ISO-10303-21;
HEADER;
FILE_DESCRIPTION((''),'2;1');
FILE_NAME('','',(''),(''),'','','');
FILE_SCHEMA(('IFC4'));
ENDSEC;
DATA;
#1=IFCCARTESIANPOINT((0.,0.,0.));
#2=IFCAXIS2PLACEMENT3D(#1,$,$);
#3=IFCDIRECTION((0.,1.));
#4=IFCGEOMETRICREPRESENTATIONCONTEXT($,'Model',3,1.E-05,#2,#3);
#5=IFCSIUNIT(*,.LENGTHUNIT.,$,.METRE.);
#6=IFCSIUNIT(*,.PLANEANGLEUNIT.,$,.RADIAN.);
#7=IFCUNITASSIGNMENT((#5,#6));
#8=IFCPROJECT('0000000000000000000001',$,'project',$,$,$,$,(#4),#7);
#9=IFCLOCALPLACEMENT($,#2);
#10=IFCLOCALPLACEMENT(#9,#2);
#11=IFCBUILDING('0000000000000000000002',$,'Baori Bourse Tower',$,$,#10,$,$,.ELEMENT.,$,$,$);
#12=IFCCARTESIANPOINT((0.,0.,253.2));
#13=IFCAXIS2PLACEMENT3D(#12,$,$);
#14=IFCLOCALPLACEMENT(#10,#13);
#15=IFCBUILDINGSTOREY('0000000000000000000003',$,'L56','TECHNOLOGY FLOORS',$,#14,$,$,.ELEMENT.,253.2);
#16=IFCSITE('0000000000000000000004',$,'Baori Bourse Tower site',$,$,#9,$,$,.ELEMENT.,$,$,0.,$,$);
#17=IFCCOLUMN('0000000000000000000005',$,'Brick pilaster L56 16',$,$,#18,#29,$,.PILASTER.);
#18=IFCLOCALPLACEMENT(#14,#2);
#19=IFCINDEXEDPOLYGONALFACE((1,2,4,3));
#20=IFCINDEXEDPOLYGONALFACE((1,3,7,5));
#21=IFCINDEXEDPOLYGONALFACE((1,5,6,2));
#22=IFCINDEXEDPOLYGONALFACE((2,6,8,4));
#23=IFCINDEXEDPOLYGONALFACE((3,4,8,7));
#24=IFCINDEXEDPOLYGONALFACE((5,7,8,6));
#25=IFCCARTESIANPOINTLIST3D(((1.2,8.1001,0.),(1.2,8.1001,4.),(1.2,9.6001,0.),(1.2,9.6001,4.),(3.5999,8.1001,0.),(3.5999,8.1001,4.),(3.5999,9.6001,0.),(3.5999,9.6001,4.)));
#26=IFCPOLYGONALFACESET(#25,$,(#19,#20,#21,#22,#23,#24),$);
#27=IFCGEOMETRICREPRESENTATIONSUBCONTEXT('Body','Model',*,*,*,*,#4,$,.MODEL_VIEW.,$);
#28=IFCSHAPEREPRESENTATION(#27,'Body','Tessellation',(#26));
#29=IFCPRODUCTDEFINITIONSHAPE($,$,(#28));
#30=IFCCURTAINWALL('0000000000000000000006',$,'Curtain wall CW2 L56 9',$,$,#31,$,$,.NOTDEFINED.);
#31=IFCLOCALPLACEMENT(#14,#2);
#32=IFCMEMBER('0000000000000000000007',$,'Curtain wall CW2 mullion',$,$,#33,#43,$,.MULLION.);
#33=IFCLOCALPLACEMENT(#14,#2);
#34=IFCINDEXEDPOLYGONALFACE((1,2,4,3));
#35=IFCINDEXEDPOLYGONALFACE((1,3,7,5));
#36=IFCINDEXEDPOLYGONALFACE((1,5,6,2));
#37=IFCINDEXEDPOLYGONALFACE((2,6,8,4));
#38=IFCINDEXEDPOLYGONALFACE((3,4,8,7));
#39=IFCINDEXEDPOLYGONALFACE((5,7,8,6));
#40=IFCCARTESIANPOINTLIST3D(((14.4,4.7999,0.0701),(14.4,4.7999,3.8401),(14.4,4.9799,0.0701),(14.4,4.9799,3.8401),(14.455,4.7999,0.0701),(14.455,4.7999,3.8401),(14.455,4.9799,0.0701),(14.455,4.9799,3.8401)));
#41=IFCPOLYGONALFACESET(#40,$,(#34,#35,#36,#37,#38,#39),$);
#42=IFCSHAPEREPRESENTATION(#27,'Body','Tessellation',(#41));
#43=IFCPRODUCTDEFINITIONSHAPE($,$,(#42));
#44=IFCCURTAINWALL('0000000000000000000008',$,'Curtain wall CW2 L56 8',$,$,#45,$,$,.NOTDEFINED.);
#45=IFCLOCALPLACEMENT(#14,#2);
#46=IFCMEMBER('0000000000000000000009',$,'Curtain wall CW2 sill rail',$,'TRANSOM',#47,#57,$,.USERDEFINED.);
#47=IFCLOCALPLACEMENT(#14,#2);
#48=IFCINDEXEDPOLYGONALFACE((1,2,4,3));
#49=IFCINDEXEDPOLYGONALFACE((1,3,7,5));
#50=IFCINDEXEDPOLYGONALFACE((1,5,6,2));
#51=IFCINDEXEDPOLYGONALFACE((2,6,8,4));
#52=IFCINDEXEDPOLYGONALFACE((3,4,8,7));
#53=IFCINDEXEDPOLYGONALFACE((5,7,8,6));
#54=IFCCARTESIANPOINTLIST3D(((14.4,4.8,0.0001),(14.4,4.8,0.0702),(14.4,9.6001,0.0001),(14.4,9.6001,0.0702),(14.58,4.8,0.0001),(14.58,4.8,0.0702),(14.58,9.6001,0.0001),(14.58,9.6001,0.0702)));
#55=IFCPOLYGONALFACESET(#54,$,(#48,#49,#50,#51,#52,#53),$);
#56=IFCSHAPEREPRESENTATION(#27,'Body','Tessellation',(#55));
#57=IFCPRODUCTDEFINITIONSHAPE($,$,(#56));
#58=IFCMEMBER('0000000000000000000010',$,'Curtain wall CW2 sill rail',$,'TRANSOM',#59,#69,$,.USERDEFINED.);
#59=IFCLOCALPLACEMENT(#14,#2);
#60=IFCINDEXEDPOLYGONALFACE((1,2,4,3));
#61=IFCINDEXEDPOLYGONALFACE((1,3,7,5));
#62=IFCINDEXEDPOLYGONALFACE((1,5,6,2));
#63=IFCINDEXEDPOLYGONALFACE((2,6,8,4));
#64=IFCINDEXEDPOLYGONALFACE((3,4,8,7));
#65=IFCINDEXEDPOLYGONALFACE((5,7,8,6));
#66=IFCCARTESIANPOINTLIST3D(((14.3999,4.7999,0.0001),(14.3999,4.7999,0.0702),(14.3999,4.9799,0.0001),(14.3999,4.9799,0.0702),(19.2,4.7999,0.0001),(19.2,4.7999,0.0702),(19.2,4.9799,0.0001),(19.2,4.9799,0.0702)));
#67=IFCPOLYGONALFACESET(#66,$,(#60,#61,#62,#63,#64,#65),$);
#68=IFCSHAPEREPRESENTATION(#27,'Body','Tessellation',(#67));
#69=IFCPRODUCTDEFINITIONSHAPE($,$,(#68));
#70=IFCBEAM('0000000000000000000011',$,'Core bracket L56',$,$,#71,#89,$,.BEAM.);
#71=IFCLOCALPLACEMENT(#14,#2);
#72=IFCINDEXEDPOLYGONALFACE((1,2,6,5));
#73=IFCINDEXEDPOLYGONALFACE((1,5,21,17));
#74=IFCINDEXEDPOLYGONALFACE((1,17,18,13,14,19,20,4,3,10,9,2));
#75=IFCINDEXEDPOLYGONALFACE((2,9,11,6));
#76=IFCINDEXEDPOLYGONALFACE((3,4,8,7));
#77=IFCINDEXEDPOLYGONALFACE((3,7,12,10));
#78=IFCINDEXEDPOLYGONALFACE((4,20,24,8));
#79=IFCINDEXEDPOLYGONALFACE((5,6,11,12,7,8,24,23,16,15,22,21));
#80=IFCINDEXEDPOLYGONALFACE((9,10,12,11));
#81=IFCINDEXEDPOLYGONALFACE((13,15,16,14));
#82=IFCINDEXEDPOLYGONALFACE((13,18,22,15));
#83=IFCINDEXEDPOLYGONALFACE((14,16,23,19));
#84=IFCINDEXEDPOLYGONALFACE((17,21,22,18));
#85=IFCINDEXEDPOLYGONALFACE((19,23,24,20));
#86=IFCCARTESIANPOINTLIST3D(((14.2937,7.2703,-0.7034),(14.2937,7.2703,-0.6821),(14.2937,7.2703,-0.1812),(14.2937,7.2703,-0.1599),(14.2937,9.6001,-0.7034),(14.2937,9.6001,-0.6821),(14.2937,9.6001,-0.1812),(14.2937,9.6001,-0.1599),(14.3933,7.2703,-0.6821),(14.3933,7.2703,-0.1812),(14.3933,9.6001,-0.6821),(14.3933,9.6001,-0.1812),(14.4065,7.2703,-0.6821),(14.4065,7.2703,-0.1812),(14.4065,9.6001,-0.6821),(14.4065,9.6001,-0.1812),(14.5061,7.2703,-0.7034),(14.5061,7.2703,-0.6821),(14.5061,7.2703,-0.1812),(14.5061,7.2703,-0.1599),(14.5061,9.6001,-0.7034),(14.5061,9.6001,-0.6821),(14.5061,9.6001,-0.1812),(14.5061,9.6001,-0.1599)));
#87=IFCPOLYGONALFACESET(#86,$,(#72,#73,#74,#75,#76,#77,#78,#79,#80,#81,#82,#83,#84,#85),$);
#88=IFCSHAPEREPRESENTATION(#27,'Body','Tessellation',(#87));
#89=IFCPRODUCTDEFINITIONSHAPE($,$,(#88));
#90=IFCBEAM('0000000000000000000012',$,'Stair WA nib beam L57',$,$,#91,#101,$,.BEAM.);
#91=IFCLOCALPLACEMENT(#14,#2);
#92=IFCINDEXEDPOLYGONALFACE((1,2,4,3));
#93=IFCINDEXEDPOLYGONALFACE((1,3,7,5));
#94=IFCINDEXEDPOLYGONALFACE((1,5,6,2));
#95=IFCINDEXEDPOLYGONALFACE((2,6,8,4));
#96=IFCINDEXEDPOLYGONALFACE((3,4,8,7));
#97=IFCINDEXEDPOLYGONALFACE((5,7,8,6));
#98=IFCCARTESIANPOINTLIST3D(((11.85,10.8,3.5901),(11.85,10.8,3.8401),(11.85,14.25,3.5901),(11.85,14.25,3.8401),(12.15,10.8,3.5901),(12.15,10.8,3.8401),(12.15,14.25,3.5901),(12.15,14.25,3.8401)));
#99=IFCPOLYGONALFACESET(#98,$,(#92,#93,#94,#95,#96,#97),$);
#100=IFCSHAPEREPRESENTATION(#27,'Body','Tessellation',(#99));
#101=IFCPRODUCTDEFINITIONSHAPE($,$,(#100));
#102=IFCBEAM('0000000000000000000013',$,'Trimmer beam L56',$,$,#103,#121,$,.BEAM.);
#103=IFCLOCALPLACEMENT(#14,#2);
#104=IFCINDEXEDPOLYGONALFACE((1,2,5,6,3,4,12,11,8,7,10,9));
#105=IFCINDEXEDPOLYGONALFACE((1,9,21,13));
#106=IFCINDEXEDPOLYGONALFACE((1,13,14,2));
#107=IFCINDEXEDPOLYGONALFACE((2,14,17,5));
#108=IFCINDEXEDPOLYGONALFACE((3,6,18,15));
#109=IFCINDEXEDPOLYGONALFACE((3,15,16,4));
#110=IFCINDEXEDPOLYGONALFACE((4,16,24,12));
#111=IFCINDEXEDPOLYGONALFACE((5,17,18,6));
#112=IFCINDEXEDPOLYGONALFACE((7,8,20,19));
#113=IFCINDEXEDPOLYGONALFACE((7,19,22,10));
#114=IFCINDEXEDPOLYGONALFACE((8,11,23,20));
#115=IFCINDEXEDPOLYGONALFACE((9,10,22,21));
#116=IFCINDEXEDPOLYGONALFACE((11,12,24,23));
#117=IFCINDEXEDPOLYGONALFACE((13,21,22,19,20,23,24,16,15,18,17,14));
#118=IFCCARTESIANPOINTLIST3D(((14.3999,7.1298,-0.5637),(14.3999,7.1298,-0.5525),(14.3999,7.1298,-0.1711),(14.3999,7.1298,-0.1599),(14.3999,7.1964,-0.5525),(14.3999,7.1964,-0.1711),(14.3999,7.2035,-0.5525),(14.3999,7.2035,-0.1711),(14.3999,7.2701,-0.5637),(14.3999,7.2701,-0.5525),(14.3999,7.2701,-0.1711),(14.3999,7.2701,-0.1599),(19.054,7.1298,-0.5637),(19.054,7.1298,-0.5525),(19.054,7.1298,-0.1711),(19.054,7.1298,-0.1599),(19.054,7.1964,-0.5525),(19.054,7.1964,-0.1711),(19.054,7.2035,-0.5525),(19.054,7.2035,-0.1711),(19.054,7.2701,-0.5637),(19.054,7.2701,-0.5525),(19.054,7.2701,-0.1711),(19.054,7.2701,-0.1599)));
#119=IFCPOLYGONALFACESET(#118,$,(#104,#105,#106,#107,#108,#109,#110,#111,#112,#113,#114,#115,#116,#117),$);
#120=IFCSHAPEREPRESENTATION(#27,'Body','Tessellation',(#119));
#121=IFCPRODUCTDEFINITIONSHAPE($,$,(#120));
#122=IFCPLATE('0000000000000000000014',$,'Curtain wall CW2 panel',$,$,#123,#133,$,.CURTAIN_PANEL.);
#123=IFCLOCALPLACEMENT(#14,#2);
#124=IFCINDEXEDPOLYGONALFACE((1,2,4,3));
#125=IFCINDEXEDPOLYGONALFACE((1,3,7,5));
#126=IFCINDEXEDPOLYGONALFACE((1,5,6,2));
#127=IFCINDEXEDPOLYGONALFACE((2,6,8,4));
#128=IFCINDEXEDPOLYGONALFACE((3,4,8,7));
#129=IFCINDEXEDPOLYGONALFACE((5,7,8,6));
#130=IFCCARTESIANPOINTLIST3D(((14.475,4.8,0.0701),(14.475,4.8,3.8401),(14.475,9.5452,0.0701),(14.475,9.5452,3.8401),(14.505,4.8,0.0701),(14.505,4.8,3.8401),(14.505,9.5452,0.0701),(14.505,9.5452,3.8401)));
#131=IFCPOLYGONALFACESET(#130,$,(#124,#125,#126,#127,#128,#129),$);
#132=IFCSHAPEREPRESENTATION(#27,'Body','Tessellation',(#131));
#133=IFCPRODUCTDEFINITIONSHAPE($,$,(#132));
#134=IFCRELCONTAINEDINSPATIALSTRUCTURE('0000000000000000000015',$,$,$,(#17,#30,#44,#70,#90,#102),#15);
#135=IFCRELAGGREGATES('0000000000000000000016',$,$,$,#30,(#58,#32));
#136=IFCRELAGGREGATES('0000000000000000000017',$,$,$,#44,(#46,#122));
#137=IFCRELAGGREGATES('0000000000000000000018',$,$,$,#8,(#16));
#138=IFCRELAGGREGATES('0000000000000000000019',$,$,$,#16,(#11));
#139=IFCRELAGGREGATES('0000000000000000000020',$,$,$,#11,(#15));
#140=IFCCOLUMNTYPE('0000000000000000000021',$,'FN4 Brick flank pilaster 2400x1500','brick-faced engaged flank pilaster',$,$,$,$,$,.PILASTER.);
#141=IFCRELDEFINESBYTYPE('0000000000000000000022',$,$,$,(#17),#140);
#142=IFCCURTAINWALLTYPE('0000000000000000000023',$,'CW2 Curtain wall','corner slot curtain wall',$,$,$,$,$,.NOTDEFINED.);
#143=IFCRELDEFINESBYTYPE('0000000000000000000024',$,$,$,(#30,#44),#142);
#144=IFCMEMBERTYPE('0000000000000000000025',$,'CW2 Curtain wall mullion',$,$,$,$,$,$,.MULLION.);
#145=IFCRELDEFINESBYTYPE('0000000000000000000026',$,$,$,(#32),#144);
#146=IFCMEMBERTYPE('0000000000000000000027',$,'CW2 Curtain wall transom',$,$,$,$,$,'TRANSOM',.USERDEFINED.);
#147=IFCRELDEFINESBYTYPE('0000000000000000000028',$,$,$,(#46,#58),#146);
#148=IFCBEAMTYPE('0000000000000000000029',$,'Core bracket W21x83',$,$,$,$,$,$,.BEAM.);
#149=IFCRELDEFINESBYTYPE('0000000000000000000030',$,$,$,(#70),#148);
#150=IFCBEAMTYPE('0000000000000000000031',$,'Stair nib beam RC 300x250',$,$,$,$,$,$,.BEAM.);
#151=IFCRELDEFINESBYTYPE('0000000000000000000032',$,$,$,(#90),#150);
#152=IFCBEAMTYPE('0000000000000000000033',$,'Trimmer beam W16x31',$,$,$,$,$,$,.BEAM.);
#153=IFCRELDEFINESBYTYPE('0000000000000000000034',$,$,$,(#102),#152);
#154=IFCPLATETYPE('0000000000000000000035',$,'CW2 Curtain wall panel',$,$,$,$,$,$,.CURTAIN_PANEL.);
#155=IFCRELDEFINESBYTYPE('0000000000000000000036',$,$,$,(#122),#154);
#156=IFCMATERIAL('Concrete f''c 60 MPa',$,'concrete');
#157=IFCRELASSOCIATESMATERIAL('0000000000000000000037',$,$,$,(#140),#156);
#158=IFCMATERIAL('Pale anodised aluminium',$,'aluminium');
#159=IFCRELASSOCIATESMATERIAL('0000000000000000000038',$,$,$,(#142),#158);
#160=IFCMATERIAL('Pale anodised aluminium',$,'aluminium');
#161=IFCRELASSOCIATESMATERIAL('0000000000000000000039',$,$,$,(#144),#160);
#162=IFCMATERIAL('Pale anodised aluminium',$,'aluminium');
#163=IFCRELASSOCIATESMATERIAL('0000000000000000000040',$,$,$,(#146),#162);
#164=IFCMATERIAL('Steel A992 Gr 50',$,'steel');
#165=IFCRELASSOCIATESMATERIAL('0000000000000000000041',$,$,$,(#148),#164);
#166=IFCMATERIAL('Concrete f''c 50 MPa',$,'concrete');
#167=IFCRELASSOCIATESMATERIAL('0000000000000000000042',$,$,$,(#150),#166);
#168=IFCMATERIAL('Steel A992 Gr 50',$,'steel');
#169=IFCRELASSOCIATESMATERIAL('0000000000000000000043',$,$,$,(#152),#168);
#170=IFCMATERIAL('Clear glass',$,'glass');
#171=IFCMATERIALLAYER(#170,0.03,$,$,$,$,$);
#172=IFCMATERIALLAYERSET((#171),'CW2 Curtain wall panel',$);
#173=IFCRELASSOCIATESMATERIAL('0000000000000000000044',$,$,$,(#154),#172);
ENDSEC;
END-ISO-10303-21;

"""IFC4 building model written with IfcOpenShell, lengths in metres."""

from ifc_helpers import new_model, si_unit, direction, frame, origin, origin_2d, place, context, subcontext, project, spatial, rectangle, i_section, extrude, material, layer, layer_set, material_profile, profile_set, type_object, element, aggregate, save


model = new_model("IFC4")

# Units and contexts
model_context = context("Model", 3, precision=1e-05, world=origin(), true_north=direction((0.0, 1.0)))
body_context = subcontext(model_context, "Body", "Model", "MODEL_VIEW")
ifc_project = project(units=[si_unit("LENGTHUNIT", "METRE"), si_unit("PLANEANGLEUNIT", "RADIAN")], contexts=[model_context])

# Site, building, storey
site_placement = place(None, origin())
site = spatial("IfcSite", under=ifc_project, at=site_placement, Name="Baori Bourse Tower site", CompositionType="ELEMENT", RefElevation=0.0)
building_placement = place(site_placement, origin())
building = spatial("IfcBuilding", under=site, at=building_placement, Name="Baori Bourse Tower", CompositionType="ELEMENT")
storey_placement = place(building_placement, frame((0.0, 0.0, 253.2)))
storey = spatial("IfcBuildingStorey", under=building, at=storey_placement, Name="L56", Description="TECHNOLOGY FLOORS", CompositionType="ELEMENT", Elevation=253.2)

# Column
ifc_material_1 = material(Name="Concrete f'c 60 MPa", Category="concrete")
ifc_material_profile_1 = material_profile(ifc_material_1, rectangle(XDim=2.3999, YDim=1.5, at=origin_2d()), Name="RC 2400x1500")
ifc_profile_set_1 = profile_set([ifc_material_profile_1], Name="Concrete f'c 60 MPa")
column_type = type_object("IfcColumnType", Name="FN4 Brick flank pilaster 2400x1500", Description="brick-faced engaged flank pilaster", PredefinedType="PILASTER", material=ifc_profile_set_1)
column_placement = place(storey_placement, frame((2.3999, 8.8501, 0.0), z_axis=(0.0, 0.0, 1.0), x_axis=(1.0, 0.0, 0.0)))
element("IfcColumn", 1, at=column_placement, inside=storey, type_object=column_type, Name="Brick pilaster L56 16", PredefinedType="PILASTER", context=body_context, shape_type="SweptSolid", body=[
    extrude(rectangle(XDim=2.3999, YDim=1.5, at=origin_2d()), origin(), (0.0, 0.0, 1.0), 4.0),
])

# Curtain walls, members
ifc_material_2 = material(Name="Pale anodised aluminium", Category="aluminium")
curtain_wall_type = type_object("IfcCurtainWallType", Name="CW2 Curtain wall", Description="corner slot curtain wall", PredefinedType="NOTDEFINED", material=ifc_material_2)
curtain_wall_1_placement = place(storey_placement, origin())
curtain_wall_1 = element("IfcCurtainWall", 2, at=curtain_wall_1_placement, inside=storey, type_object=curtain_wall_type, Name="Curtain wall CW2 L56 9", PredefinedType="NOTDEFINED")
ifc_material_3 = material(Name="Pale anodised aluminium", Category="aluminium")
ifc_material_profile_2 = material_profile(ifc_material_3, rectangle(XDim=0.1799, YDim=0.0549, at=origin_2d()), Name="Mullion 55x180")
ifc_profile_set_2 = profile_set([ifc_material_profile_2], Name="Pale anodised aluminium")
member_type_1 = type_object("IfcMemberType", Name="CW2 Curtain wall mullion", PredefinedType="MULLION", material=ifc_profile_set_2)
member_1_placement = place(storey_placement, frame((14.4275, 4.8899, 0.0701), z_axis=(0.0, 0.0, 1.0), x_axis=(0.0, 1.0, 0.0)))
member_1 = element("IfcMember", 3, at=member_1_placement, type_object=member_type_1, Name="Curtain wall CW2 mullion", PredefinedType="MULLION", context=body_context, shape_type="SweptSolid", body=[
    extrude(rectangle(XDim=0.1799, YDim=0.0549, at=origin_2d()), origin(), (0.0, 0.0, 1.0), 3.77),
])
curtain_wall_2_placement = place(storey_placement, origin())
curtain_wall_2 = element("IfcCurtainWall", 4, at=curtain_wall_2_placement, inside=storey, type_object=curtain_wall_type, Name="Curtain wall CW2 L56 8", PredefinedType="NOTDEFINED")
ifc_material_4 = material(Name="Pale anodised aluminium", Category="aluminium")
ifc_material_profile_3 = material_profile(ifc_material_4, rectangle(XDim=0.1799, YDim=0.0701, at=origin_2d()), Name="Transom 70x180")
ifc_profile_set_3 = profile_set([ifc_material_profile_3], Name="Pale anodised aluminium")
member_type_2 = type_object("IfcMemberType", Name="CW2 Curtain wall transom", ElementType="TRANSOM", PredefinedType="USERDEFINED", material=ifc_profile_set_3)
member_2_placement = place(storey_placement, frame((14.49, 9.6001, 0.0352), z_axis=(0.0, -1.0, 0.0), x_axis=(1.0, 0.0, 0.0)))
member_2 = element("IfcMember", 5, at=member_2_placement, type_object=member_type_2, Name="Curtain wall CW2 sill rail", ObjectType="TRANSOM", PredefinedType="USERDEFINED", context=body_context, shape_type="SweptSolid", body=[
    extrude(rectangle(XDim=0.1799, YDim=0.0701, at=origin_2d()), origin(), (0.0, 0.0, 1.0), 4.8),
])

# Member
member_3_placement = place(storey_placement, frame((14.3999, 4.8899, 0.0352), z_axis=(1.0, 0.0, 0.0), x_axis=(0.0, 1.0, 0.0)))
member_3 = element("IfcMember", 6, at=member_3_placement, type_object=member_type_2, Name="Curtain wall CW2 sill rail", ObjectType="TRANSOM", PredefinedType="USERDEFINED", context=body_context, shape_type="SweptSolid", body=[
    extrude(rectangle(XDim=0.1799, YDim=0.0701, at=origin_2d()), origin(), (0.0, 0.0, 1.0), 4.8),
])
aggregate(curtain_wall_1, [member_3, member_1])

# Beams
ifc_material_5 = material(Name="Steel A992 Gr 50", Category="steel")
ifc_material_profile_4 = material_profile(ifc_material_5, i_section(OverallWidth=0.2124, OverallDepth=0.5435, WebThickness=0.0132, FlangeThickness=0.0212, at=origin_2d()), Name="W21x83")
ifc_profile_set_4 = profile_set([ifc_material_profile_4], Name="Steel A992 Gr 50")
beam_type_1 = type_object("IfcBeamType", Name="Core bracket W21x83", PredefinedType="BEAM", material=ifc_profile_set_4)
beam_1_placement = place(storey_placement, frame((14.3999, 7.2703, -0.4316), z_axis=(0.0, 1.0, 0.0), x_axis=(-1.0, 0.0, 0.0)))
element("IfcBeam", 7, at=beam_1_placement, inside=storey, type_object=beam_type_1, Name="Core bracket L56", PredefinedType="BEAM", context=body_context, shape_type="SweptSolid", body=[
    extrude(i_section(OverallWidth=0.2124, OverallDepth=0.5435, WebThickness=0.0132, FlangeThickness=0.0212, at=origin_2d()), origin(), (0.0, 0.0, 1.0), 2.3298),
])
ifc_material_6 = material(Name="Concrete f'c 50 MPa", Category="concrete")
ifc_material_profile_5 = material_profile(ifc_material_6, rectangle(XDim=0.3, YDim=0.25, at=origin_2d()), Name="RC 300x250")
ifc_profile_set_5 = profile_set([ifc_material_profile_5], Name="Concrete f'c 50 MPa")
beam_type_2 = type_object("IfcBeamType", Name="Stair nib beam RC 300x250", PredefinedType="BEAM", material=ifc_profile_set_5)
beam_2_placement = place(storey_placement, frame((12.0, 10.8, 3.7151), z_axis=(0.0, 1.0, 0.0), x_axis=(-1.0, 0.0, 0.0)))
element("IfcBeam", 8, at=beam_2_placement, inside=storey, type_object=beam_type_2, Name="Stair WA nib beam L57", PredefinedType="BEAM", context=body_context, shape_type="SweptSolid", body=[
    extrude(rectangle(XDim=0.3, YDim=0.25, at=origin_2d()), origin(), (0.0, 0.0, 1.0), 3.45),
])
ifc_material_7 = material(Name="Steel A992 Gr 50", Category="steel")
ifc_material_profile_6 = material_profile(ifc_material_7, i_section(OverallWidth=0.1404, OverallDepth=0.4038, WebThickness=0.0071, FlangeThickness=0.0112, at=origin_2d()), Name="W16x31")
ifc_profile_set_6 = profile_set([ifc_material_profile_6], Name="Steel A992 Gr 50")
beam_type_3 = type_object("IfcBeamType", Name="Trimmer beam W16x31", PredefinedType="BEAM", material=ifc_profile_set_6)
beam_3_placement = place(storey_placement, frame((14.3999, 7.2, -0.3618), z_axis=(1.0, 0.0, 0.0), x_axis=(0.0, 1.0, 0.0)))
element("IfcBeam", 9, at=beam_3_placement, inside=storey, type_object=beam_type_3, Name="Trimmer beam L56", PredefinedType="BEAM", context=body_context, shape_type="SweptSolid", body=[
    extrude(i_section(OverallWidth=0.1404, OverallDepth=0.4038, WebThickness=0.0071, FlangeThickness=0.0112, at=origin_2d()), origin(), (0.0, 0.0, 1.0), 4.6541),
])

# Plate
ifc_material_8 = material(Name="Clear glass", Category="glass")
ifc_layer_1 = layer(ifc_material_8, 0.03)
ifc_layer_set_1 = layer_set([ifc_layer_1], Name="CW2 Curtain wall panel")
plate_type = type_object("IfcPlateType", Name="CW2 Curtain wall panel", PredefinedType="CURTAIN_PANEL", material=ifc_layer_set_1)
plate_placement = place(storey_placement, frame((14.49, 7.1726, 0.0701), z_axis=(0.0, 0.0, 1.0), x_axis=(0.0, -1.0, 0.0)))
plate = element("IfcPlate", 10, at=plate_placement, type_object=plate_type, Name="Curtain wall CW2 panel", PredefinedType="CURTAIN_PANEL", context=body_context, shape_type="SweptSolid", body=[
    extrude(rectangle(XDim=4.7451, YDim=0.03, at=origin_2d()), origin(), (0.0, 0.0, 1.0), 3.77),
])
aggregate(curtain_wall_2, [member_2, plate])

save(model, "model.ifc")
